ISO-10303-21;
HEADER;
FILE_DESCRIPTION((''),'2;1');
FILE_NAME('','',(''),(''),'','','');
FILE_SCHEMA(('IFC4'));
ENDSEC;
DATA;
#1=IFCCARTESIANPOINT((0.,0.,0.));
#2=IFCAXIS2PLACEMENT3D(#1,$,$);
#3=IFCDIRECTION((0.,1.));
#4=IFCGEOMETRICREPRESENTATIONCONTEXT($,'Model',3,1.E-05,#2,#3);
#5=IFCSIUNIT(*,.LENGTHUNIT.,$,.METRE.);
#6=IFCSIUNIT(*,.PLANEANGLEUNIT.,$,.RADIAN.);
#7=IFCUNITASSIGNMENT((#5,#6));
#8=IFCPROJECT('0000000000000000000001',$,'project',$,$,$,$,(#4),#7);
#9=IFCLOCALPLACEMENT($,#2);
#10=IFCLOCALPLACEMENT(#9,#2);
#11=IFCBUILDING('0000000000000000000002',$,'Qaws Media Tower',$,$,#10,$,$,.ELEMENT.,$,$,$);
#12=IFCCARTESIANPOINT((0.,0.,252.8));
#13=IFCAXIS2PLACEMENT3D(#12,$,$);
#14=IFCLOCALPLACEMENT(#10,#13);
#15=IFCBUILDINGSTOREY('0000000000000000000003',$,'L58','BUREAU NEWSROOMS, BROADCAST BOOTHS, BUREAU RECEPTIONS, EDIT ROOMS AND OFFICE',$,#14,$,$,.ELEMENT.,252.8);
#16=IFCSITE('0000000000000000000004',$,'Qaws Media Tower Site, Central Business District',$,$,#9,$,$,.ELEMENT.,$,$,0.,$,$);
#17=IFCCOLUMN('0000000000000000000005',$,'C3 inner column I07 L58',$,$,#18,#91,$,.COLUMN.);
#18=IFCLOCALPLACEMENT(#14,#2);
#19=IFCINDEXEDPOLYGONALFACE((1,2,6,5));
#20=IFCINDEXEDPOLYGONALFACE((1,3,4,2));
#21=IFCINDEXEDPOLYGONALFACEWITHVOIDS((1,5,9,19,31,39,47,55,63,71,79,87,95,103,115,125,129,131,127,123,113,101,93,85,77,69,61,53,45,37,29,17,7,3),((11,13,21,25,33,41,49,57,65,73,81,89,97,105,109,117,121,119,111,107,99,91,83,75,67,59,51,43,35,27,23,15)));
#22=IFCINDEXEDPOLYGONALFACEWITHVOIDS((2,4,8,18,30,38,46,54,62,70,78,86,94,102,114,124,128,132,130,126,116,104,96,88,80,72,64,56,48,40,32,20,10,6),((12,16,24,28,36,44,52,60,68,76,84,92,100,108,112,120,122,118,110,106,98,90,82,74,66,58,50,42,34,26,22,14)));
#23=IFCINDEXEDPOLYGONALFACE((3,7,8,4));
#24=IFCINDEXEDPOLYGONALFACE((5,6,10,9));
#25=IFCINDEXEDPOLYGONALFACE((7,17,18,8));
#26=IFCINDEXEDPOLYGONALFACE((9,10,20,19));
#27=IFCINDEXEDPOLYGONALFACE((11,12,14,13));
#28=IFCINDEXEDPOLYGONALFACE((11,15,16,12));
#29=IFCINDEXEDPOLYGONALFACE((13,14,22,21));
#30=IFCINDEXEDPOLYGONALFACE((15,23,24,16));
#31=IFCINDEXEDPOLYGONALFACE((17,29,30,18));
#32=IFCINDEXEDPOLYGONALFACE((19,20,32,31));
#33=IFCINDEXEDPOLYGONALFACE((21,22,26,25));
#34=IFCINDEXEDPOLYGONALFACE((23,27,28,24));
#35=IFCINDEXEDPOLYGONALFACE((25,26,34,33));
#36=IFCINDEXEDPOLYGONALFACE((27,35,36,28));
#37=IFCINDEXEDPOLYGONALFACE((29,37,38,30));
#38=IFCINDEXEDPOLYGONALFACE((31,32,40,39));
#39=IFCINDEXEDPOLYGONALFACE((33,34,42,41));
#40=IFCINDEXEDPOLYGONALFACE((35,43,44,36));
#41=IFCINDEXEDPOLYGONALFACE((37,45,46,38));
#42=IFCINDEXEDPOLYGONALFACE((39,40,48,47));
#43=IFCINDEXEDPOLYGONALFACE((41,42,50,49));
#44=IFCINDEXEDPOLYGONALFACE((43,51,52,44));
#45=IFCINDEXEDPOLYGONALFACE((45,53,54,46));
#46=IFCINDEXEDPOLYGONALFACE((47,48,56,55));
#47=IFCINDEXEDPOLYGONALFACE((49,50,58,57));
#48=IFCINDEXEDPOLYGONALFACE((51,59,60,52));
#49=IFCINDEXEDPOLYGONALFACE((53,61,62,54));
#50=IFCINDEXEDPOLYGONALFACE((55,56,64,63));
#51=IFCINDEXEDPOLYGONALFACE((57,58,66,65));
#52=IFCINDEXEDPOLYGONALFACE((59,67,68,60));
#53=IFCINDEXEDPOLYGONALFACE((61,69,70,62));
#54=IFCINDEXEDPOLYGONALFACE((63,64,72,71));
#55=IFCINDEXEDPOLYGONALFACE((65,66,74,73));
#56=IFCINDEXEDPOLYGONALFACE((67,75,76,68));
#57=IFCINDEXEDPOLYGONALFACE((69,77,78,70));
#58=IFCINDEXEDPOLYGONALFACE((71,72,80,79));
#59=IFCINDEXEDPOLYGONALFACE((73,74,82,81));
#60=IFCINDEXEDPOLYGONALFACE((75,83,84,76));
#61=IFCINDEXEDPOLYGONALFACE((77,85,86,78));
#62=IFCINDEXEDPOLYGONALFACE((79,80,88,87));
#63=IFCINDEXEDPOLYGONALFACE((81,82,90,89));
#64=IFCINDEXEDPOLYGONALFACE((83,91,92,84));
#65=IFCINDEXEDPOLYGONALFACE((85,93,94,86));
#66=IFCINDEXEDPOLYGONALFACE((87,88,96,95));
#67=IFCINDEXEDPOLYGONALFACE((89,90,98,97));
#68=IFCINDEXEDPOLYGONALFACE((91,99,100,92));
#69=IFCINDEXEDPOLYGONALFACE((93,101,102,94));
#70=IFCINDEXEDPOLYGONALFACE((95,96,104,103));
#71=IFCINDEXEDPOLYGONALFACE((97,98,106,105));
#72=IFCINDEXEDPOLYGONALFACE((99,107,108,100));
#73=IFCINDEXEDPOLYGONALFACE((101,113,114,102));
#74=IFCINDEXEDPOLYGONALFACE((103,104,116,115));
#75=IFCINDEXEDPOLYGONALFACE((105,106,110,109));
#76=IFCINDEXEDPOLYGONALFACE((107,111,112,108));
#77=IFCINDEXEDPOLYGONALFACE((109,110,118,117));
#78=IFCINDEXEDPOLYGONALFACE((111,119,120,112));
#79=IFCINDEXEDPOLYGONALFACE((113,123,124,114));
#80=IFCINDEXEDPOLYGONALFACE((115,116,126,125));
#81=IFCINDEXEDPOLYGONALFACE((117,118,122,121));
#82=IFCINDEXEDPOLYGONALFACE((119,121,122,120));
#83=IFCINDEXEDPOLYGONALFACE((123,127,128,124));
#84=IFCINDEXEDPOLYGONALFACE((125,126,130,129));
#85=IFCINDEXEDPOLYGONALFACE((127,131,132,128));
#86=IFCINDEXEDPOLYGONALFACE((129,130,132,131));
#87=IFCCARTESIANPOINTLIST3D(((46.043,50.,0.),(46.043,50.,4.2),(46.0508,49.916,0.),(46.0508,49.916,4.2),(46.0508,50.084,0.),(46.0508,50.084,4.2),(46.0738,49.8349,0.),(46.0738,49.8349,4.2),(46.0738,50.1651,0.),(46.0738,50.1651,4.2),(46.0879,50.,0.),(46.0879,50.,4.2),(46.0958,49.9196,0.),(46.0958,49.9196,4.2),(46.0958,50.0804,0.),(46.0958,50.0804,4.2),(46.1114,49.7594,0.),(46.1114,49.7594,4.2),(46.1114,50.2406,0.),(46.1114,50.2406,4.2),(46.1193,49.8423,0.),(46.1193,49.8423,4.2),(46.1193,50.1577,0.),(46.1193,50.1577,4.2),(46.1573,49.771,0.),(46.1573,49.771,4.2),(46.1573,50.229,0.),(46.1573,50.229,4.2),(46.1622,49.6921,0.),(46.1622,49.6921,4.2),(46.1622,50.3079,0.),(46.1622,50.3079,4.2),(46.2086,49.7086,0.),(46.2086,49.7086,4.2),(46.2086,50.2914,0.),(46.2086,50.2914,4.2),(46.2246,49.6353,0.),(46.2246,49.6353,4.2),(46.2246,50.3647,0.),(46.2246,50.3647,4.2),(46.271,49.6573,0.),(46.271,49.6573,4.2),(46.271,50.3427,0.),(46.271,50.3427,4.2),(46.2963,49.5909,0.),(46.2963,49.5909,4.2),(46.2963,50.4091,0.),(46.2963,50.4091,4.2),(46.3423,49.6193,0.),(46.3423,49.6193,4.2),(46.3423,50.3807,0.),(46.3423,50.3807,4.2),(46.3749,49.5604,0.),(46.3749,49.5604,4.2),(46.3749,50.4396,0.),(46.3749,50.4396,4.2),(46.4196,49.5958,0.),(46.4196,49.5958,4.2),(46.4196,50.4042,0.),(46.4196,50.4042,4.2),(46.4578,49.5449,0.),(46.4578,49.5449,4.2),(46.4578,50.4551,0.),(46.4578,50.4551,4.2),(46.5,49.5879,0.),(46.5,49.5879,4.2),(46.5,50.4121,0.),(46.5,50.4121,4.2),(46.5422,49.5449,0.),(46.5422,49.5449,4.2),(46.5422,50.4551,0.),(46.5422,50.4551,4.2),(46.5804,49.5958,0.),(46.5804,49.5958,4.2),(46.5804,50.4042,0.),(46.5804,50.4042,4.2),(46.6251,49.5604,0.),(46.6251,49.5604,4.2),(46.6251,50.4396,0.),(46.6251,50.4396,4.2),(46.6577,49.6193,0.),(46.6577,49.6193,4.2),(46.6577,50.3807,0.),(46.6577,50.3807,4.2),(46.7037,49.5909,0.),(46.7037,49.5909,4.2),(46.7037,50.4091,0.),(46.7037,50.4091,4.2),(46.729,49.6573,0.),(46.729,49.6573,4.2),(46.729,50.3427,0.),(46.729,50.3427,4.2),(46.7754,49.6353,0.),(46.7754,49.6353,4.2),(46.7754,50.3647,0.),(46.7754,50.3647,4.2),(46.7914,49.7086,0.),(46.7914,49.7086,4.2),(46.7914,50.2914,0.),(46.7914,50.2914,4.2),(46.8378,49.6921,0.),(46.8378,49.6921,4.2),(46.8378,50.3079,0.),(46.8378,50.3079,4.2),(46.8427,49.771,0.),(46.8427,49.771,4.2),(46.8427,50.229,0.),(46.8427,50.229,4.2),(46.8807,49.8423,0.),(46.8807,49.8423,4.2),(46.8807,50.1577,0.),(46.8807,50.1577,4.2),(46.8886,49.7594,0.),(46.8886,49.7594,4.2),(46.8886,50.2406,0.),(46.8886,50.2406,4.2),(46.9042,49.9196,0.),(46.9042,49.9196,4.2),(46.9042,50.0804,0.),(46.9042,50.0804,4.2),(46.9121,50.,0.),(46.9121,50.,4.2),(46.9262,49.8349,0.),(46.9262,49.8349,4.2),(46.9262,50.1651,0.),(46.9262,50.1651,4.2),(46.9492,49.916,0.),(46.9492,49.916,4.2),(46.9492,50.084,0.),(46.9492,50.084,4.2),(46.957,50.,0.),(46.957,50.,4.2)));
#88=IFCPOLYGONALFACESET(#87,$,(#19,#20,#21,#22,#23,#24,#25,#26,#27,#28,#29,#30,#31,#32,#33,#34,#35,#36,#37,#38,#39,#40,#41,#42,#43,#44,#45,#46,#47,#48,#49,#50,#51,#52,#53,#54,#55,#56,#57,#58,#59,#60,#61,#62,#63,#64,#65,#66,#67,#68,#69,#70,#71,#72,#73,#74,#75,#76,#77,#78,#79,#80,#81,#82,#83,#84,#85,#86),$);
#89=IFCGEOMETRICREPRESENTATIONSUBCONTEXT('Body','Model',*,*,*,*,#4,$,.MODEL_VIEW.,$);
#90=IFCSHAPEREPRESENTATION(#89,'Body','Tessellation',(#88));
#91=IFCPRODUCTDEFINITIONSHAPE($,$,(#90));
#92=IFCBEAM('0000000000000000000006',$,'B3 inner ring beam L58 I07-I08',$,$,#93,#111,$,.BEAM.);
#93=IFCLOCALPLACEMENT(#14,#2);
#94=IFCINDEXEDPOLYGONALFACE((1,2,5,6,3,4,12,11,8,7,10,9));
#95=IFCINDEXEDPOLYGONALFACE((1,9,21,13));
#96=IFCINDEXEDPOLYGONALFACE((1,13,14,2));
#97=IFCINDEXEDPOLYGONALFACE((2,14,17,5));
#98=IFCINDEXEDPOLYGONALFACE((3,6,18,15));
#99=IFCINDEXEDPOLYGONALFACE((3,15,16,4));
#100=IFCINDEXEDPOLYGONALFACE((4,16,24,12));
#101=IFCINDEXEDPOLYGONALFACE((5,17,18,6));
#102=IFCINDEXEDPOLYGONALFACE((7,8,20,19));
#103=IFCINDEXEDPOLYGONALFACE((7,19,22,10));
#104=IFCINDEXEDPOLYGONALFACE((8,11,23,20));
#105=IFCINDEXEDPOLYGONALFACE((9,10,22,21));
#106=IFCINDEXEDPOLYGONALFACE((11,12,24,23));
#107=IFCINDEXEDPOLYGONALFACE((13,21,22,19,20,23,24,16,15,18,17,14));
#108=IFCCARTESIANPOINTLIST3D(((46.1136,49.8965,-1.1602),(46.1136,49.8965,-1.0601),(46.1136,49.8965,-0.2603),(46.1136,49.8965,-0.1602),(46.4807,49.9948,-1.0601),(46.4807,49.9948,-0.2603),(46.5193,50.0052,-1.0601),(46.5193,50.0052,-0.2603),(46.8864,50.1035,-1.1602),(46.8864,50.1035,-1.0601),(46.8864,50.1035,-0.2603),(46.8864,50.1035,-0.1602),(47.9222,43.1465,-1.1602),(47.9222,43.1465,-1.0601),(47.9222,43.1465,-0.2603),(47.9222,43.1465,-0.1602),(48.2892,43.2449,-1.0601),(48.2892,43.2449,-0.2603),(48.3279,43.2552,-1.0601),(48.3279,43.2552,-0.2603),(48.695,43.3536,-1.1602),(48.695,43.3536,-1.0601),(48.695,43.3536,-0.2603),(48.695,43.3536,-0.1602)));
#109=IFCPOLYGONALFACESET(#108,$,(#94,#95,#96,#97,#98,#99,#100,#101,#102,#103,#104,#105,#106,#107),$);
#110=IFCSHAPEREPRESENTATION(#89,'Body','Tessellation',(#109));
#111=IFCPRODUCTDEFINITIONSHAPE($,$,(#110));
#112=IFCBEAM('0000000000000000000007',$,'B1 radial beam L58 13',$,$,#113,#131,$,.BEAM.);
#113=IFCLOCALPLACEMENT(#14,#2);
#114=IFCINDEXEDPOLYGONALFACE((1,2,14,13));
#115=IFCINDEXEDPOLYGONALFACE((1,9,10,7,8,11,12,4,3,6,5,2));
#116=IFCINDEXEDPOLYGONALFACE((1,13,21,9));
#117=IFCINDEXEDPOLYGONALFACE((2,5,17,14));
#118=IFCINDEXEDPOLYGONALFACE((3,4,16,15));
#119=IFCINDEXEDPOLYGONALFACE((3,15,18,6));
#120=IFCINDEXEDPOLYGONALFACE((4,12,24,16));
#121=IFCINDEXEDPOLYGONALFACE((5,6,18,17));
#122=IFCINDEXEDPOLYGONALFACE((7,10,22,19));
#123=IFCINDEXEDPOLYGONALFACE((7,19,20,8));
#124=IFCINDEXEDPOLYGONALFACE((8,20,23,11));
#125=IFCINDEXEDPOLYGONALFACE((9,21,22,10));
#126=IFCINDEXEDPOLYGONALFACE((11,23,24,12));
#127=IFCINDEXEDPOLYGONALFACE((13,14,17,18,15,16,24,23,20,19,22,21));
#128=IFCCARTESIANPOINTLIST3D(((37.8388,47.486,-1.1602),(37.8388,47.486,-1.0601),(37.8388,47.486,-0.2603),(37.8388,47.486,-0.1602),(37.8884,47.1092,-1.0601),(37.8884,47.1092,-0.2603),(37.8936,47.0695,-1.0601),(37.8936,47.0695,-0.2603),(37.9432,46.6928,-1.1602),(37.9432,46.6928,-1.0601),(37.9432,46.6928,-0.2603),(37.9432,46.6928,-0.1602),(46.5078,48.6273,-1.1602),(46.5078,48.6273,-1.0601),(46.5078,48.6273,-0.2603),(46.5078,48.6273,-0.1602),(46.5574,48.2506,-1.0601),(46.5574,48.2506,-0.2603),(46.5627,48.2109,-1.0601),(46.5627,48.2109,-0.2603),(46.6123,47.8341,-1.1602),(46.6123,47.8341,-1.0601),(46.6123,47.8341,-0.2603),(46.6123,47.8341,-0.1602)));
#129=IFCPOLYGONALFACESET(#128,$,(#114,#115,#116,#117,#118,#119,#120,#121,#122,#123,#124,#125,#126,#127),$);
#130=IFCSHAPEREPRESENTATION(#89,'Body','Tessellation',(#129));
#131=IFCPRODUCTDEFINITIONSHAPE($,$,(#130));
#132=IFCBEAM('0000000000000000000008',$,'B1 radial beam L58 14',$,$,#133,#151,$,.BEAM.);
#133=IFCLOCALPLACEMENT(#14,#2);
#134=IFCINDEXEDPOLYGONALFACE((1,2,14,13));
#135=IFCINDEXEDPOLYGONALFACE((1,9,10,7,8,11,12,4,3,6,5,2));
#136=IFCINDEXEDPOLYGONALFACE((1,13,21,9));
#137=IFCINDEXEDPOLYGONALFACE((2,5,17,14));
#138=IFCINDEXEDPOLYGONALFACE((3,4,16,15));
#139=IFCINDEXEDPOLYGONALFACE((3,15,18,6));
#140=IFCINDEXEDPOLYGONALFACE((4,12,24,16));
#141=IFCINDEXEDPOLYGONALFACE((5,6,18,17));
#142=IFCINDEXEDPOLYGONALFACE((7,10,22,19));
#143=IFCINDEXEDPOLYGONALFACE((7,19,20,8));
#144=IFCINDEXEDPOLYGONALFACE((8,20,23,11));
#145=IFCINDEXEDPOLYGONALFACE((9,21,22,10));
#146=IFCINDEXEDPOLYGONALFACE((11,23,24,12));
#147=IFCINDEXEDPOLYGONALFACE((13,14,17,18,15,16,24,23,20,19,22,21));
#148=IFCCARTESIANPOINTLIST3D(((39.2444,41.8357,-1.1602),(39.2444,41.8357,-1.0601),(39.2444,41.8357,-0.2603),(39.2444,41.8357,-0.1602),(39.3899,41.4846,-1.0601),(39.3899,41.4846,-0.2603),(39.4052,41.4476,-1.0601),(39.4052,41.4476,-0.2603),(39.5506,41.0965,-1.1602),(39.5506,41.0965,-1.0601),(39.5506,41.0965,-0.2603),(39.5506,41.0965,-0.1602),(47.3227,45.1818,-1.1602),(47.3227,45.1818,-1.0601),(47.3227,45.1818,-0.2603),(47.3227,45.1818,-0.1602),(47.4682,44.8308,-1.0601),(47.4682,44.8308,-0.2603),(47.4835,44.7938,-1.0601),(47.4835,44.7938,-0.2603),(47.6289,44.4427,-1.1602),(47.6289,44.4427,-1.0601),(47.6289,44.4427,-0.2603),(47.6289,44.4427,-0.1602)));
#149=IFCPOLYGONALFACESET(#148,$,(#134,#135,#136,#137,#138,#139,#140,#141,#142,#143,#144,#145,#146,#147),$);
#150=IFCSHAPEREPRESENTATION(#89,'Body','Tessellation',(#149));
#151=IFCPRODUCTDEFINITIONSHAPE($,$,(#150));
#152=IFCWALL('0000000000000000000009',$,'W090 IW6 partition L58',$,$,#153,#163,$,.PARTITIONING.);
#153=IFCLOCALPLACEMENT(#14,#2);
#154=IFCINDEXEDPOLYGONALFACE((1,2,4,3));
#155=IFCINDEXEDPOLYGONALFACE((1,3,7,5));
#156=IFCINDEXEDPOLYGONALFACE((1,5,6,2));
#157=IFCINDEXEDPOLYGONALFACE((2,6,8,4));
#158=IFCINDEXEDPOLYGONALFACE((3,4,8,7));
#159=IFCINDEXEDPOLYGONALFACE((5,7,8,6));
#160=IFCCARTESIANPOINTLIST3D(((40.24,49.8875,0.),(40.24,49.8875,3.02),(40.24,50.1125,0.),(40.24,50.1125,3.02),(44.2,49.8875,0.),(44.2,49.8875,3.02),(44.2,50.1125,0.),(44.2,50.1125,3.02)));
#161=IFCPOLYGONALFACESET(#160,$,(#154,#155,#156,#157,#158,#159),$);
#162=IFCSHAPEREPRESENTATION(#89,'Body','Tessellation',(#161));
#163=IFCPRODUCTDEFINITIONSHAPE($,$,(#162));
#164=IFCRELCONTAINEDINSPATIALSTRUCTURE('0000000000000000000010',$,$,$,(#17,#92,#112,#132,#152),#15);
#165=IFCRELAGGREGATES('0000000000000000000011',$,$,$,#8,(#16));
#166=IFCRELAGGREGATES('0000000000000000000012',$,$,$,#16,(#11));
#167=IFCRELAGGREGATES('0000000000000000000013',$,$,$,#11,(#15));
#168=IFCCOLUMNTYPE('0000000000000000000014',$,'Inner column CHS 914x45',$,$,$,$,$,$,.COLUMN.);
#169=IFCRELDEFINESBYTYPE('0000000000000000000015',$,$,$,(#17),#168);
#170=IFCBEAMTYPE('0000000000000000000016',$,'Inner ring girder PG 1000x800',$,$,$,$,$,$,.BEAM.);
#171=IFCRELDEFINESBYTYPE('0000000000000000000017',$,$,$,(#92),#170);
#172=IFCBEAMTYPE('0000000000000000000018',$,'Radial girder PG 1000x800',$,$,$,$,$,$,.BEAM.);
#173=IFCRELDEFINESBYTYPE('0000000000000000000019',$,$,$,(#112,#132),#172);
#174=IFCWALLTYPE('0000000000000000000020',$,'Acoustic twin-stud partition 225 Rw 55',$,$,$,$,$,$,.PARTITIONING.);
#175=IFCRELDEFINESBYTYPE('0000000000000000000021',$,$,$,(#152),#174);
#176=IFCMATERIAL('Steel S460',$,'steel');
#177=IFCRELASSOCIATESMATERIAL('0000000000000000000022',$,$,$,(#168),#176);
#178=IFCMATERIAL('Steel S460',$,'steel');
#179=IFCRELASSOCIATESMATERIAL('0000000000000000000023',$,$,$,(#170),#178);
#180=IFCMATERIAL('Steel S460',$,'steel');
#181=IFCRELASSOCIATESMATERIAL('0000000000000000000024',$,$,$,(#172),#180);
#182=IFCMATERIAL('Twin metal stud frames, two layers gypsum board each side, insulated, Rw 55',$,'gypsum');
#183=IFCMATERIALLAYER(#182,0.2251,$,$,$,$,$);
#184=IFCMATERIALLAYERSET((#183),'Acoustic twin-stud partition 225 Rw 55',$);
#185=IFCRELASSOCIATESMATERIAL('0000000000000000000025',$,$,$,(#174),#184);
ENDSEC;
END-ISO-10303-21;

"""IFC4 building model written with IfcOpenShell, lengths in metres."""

from ifc_helpers import new_model, si_unit, direction, frame, frame_2d, origin, origin_2d, place, context, subcontext, project, spatial, rectangle, hollow_circle, i_section, extrude, material, layer, layer_set, material_profile, profile_set, type_object, element, save


model = new_model("IFC4")

# Units and contexts
model_context = context("Model", 3, precision=1e-05, world=origin(), true_north=direction((0.0, 1.0)))
body_context = subcontext(model_context, "Body", "Model", "MODEL_VIEW")
ifc_project = project(units=[si_unit("LENGTHUNIT", "METRE"), si_unit("PLANEANGLEUNIT", "RADIAN")], contexts=[model_context])

# Site, building, storey
site_placement = place(None, origin())
site = spatial("IfcSite", under=ifc_project, at=site_placement, Name="Qaws Media Tower Site, Central Business District", CompositionType="ELEMENT", RefElevation=0.0)
building_placement = place(site_placement, origin())
building = spatial("IfcBuilding", under=site, at=building_placement, Name="Qaws Media Tower", CompositionType="ELEMENT")
storey_placement = place(building_placement, frame((0.0, 0.0, 252.8)))
storey = spatial("IfcBuildingStorey", under=building, at=storey_placement, Name="L58", Description="BUREAU NEWSROOMS, BROADCAST BOOTHS, BUREAU RECEPTIONS, EDIT ROOMS AND OFFICE", CompositionType="ELEMENT", Elevation=252.8)

# Column
ifc_material_1 = material(Name="Steel S460", Category="steel")
ifc_material_profile_1 = material_profile(ifc_material_1, hollow_circle(Radius=0.457, WallThickness=0.0449, at=origin_2d()), Name="CHS 914x45")
ifc_profile_set_1 = profile_set([ifc_material_profile_1], Name="Steel S460")
column_type = type_object("IfcColumnType", Name="Inner column CHS 914x45", PredefinedType="COLUMN", material=ifc_profile_set_1)
column_placement = place(storey_placement, frame((46.5, 50.0, 0.0), z_axis=(0.0, 0.0, 1.0), x_axis=(1.0, 0.0, 0.0)))
element("IfcColumn", 1, at=column_placement, inside=storey, type_object=column_type, Name="C3 inner column I07 L58", PredefinedType="COLUMN", context=body_context, shape_type="SweptSolid", body=[
    extrude(hollow_circle(Radius=0.457, WallThickness=0.0449, at=origin_2d()), origin(), (0.0, 0.0, 1.0), 4.2),
])

# Beams
ifc_material_2 = material(Name="Steel S460", Category="steel")
ifc_material_profile_2 = material_profile(ifc_material_2, i_section(OverallWidth=0.8, OverallDepth=1.0, WebThickness=0.04, FlangeThickness=0.1001, at=origin_2d()), Name="PG 1000x800")
ifc_profile_set_2 = profile_set([ifc_material_profile_2], Name="Steel S460")
beam_type_1 = type_object("IfcBeamType", Name="Inner ring girder PG 1000x800", PredefinedType="BEAM", material=ifc_profile_set_2)
beam_placement = place(storey_placement, frame((46.5, 50.0, -0.6602), z_axis=(0.258811, -0.965928, 0.0), x_axis=(0.965928, 0.258811, 0.0)))
element("IfcBeam", 2, at=beam_placement, inside=storey, type_object=beam_type_1, Name="B3 inner ring beam L58 I07-I08", PredefinedType="BEAM", context=body_context, shape_type="SweptSolid", body=[
    extrude(i_section(OverallWidth=0.8, OverallDepth=1.0, WebThickness=0.04, FlangeThickness=0.1001, at=origin_2d()), origin(), (0.0, 0.0, 1.0), 6.988),
])
ifc_material_3 = material(Name="Steel S460", Category="steel")
ifc_material_profile_3 = material_profile(ifc_material_3, i_section(OverallWidth=0.8, OverallDepth=1.0, WebThickness=0.04, FlangeThickness=0.1001, at=origin_2d()), Name="PG 1000x800")
ifc_profile_set_3 = profile_set([ifc_material_profile_3], Name="Steel S460")
beam_type_2 = type_object("IfcBeamType", Name="Radial girder PG 1000x800", PredefinedType="BEAM", material=ifc_profile_set_3)
for number, where, z_axis, x_axis, name in (
    (3, (46.5601, 48.2307, -0.6602), (-0.991444, -0.13053, 0.0), (0.13053, -0.991444, 0.0), "B1 radial beam L58 13"),
    (4, (47.4758, 44.8123, -0.6602), (-0.923879, -0.382686, 0.0), (0.382686, -0.923879, 0.0), "B1 radial beam L58 14"),
):
    element("IfcBeam", number, at=place(storey_placement, frame(where, z_axis=z_axis, x_axis=x_axis)), inside=storey, type_object=beam_type_2, Name=name, PredefinedType="BEAM", context=body_context, shape_type="SweptSolid", body=[
        extrude(i_section(OverallWidth=0.8, OverallDepth=1.0, WebThickness=0.04, FlangeThickness=0.1001, at=origin_2d()), origin(), (0.0, 0.0, 1.0), 8.7439),
    ])

# Wall
ifc_material_4 = material(Name="Twin metal stud frames, two layers gypsum board each side, insulated, Rw 55", Category="gypsum")
ifc_layer_1 = layer(ifc_material_4, 0.2251)
ifc_layer_set_1 = layer_set([ifc_layer_1], Name="Acoustic twin-stud partition 225 Rw 55")
wall_type_1 = type_object("IfcWallType", Name="Acoustic twin-stud partition 225 Rw 55", PredefinedType="PARTITIONING", material=ifc_layer_set_1)
wall_1_placement = place(storey_placement, frame((44.2, 50.0, 0.0), z_axis=(0.0, 0.0, 1.0), x_axis=(-1.0, 0.0, 0.0)))
element("IfcWall", 5, at=wall_1_placement, inside=storey, type_object=wall_type_1, Name="W090 IW6 partition L58", PredefinedType="PARTITIONING", context=body_context, shape_type="SweptSolid", body=[
    extrude(rectangle(XDim=3.96, YDim=0.2251, at=frame_2d((1.98, 0.0))), origin(), (0.0, 0.0, 1.0), 3.02),
])

save(model, "model.ifc")
